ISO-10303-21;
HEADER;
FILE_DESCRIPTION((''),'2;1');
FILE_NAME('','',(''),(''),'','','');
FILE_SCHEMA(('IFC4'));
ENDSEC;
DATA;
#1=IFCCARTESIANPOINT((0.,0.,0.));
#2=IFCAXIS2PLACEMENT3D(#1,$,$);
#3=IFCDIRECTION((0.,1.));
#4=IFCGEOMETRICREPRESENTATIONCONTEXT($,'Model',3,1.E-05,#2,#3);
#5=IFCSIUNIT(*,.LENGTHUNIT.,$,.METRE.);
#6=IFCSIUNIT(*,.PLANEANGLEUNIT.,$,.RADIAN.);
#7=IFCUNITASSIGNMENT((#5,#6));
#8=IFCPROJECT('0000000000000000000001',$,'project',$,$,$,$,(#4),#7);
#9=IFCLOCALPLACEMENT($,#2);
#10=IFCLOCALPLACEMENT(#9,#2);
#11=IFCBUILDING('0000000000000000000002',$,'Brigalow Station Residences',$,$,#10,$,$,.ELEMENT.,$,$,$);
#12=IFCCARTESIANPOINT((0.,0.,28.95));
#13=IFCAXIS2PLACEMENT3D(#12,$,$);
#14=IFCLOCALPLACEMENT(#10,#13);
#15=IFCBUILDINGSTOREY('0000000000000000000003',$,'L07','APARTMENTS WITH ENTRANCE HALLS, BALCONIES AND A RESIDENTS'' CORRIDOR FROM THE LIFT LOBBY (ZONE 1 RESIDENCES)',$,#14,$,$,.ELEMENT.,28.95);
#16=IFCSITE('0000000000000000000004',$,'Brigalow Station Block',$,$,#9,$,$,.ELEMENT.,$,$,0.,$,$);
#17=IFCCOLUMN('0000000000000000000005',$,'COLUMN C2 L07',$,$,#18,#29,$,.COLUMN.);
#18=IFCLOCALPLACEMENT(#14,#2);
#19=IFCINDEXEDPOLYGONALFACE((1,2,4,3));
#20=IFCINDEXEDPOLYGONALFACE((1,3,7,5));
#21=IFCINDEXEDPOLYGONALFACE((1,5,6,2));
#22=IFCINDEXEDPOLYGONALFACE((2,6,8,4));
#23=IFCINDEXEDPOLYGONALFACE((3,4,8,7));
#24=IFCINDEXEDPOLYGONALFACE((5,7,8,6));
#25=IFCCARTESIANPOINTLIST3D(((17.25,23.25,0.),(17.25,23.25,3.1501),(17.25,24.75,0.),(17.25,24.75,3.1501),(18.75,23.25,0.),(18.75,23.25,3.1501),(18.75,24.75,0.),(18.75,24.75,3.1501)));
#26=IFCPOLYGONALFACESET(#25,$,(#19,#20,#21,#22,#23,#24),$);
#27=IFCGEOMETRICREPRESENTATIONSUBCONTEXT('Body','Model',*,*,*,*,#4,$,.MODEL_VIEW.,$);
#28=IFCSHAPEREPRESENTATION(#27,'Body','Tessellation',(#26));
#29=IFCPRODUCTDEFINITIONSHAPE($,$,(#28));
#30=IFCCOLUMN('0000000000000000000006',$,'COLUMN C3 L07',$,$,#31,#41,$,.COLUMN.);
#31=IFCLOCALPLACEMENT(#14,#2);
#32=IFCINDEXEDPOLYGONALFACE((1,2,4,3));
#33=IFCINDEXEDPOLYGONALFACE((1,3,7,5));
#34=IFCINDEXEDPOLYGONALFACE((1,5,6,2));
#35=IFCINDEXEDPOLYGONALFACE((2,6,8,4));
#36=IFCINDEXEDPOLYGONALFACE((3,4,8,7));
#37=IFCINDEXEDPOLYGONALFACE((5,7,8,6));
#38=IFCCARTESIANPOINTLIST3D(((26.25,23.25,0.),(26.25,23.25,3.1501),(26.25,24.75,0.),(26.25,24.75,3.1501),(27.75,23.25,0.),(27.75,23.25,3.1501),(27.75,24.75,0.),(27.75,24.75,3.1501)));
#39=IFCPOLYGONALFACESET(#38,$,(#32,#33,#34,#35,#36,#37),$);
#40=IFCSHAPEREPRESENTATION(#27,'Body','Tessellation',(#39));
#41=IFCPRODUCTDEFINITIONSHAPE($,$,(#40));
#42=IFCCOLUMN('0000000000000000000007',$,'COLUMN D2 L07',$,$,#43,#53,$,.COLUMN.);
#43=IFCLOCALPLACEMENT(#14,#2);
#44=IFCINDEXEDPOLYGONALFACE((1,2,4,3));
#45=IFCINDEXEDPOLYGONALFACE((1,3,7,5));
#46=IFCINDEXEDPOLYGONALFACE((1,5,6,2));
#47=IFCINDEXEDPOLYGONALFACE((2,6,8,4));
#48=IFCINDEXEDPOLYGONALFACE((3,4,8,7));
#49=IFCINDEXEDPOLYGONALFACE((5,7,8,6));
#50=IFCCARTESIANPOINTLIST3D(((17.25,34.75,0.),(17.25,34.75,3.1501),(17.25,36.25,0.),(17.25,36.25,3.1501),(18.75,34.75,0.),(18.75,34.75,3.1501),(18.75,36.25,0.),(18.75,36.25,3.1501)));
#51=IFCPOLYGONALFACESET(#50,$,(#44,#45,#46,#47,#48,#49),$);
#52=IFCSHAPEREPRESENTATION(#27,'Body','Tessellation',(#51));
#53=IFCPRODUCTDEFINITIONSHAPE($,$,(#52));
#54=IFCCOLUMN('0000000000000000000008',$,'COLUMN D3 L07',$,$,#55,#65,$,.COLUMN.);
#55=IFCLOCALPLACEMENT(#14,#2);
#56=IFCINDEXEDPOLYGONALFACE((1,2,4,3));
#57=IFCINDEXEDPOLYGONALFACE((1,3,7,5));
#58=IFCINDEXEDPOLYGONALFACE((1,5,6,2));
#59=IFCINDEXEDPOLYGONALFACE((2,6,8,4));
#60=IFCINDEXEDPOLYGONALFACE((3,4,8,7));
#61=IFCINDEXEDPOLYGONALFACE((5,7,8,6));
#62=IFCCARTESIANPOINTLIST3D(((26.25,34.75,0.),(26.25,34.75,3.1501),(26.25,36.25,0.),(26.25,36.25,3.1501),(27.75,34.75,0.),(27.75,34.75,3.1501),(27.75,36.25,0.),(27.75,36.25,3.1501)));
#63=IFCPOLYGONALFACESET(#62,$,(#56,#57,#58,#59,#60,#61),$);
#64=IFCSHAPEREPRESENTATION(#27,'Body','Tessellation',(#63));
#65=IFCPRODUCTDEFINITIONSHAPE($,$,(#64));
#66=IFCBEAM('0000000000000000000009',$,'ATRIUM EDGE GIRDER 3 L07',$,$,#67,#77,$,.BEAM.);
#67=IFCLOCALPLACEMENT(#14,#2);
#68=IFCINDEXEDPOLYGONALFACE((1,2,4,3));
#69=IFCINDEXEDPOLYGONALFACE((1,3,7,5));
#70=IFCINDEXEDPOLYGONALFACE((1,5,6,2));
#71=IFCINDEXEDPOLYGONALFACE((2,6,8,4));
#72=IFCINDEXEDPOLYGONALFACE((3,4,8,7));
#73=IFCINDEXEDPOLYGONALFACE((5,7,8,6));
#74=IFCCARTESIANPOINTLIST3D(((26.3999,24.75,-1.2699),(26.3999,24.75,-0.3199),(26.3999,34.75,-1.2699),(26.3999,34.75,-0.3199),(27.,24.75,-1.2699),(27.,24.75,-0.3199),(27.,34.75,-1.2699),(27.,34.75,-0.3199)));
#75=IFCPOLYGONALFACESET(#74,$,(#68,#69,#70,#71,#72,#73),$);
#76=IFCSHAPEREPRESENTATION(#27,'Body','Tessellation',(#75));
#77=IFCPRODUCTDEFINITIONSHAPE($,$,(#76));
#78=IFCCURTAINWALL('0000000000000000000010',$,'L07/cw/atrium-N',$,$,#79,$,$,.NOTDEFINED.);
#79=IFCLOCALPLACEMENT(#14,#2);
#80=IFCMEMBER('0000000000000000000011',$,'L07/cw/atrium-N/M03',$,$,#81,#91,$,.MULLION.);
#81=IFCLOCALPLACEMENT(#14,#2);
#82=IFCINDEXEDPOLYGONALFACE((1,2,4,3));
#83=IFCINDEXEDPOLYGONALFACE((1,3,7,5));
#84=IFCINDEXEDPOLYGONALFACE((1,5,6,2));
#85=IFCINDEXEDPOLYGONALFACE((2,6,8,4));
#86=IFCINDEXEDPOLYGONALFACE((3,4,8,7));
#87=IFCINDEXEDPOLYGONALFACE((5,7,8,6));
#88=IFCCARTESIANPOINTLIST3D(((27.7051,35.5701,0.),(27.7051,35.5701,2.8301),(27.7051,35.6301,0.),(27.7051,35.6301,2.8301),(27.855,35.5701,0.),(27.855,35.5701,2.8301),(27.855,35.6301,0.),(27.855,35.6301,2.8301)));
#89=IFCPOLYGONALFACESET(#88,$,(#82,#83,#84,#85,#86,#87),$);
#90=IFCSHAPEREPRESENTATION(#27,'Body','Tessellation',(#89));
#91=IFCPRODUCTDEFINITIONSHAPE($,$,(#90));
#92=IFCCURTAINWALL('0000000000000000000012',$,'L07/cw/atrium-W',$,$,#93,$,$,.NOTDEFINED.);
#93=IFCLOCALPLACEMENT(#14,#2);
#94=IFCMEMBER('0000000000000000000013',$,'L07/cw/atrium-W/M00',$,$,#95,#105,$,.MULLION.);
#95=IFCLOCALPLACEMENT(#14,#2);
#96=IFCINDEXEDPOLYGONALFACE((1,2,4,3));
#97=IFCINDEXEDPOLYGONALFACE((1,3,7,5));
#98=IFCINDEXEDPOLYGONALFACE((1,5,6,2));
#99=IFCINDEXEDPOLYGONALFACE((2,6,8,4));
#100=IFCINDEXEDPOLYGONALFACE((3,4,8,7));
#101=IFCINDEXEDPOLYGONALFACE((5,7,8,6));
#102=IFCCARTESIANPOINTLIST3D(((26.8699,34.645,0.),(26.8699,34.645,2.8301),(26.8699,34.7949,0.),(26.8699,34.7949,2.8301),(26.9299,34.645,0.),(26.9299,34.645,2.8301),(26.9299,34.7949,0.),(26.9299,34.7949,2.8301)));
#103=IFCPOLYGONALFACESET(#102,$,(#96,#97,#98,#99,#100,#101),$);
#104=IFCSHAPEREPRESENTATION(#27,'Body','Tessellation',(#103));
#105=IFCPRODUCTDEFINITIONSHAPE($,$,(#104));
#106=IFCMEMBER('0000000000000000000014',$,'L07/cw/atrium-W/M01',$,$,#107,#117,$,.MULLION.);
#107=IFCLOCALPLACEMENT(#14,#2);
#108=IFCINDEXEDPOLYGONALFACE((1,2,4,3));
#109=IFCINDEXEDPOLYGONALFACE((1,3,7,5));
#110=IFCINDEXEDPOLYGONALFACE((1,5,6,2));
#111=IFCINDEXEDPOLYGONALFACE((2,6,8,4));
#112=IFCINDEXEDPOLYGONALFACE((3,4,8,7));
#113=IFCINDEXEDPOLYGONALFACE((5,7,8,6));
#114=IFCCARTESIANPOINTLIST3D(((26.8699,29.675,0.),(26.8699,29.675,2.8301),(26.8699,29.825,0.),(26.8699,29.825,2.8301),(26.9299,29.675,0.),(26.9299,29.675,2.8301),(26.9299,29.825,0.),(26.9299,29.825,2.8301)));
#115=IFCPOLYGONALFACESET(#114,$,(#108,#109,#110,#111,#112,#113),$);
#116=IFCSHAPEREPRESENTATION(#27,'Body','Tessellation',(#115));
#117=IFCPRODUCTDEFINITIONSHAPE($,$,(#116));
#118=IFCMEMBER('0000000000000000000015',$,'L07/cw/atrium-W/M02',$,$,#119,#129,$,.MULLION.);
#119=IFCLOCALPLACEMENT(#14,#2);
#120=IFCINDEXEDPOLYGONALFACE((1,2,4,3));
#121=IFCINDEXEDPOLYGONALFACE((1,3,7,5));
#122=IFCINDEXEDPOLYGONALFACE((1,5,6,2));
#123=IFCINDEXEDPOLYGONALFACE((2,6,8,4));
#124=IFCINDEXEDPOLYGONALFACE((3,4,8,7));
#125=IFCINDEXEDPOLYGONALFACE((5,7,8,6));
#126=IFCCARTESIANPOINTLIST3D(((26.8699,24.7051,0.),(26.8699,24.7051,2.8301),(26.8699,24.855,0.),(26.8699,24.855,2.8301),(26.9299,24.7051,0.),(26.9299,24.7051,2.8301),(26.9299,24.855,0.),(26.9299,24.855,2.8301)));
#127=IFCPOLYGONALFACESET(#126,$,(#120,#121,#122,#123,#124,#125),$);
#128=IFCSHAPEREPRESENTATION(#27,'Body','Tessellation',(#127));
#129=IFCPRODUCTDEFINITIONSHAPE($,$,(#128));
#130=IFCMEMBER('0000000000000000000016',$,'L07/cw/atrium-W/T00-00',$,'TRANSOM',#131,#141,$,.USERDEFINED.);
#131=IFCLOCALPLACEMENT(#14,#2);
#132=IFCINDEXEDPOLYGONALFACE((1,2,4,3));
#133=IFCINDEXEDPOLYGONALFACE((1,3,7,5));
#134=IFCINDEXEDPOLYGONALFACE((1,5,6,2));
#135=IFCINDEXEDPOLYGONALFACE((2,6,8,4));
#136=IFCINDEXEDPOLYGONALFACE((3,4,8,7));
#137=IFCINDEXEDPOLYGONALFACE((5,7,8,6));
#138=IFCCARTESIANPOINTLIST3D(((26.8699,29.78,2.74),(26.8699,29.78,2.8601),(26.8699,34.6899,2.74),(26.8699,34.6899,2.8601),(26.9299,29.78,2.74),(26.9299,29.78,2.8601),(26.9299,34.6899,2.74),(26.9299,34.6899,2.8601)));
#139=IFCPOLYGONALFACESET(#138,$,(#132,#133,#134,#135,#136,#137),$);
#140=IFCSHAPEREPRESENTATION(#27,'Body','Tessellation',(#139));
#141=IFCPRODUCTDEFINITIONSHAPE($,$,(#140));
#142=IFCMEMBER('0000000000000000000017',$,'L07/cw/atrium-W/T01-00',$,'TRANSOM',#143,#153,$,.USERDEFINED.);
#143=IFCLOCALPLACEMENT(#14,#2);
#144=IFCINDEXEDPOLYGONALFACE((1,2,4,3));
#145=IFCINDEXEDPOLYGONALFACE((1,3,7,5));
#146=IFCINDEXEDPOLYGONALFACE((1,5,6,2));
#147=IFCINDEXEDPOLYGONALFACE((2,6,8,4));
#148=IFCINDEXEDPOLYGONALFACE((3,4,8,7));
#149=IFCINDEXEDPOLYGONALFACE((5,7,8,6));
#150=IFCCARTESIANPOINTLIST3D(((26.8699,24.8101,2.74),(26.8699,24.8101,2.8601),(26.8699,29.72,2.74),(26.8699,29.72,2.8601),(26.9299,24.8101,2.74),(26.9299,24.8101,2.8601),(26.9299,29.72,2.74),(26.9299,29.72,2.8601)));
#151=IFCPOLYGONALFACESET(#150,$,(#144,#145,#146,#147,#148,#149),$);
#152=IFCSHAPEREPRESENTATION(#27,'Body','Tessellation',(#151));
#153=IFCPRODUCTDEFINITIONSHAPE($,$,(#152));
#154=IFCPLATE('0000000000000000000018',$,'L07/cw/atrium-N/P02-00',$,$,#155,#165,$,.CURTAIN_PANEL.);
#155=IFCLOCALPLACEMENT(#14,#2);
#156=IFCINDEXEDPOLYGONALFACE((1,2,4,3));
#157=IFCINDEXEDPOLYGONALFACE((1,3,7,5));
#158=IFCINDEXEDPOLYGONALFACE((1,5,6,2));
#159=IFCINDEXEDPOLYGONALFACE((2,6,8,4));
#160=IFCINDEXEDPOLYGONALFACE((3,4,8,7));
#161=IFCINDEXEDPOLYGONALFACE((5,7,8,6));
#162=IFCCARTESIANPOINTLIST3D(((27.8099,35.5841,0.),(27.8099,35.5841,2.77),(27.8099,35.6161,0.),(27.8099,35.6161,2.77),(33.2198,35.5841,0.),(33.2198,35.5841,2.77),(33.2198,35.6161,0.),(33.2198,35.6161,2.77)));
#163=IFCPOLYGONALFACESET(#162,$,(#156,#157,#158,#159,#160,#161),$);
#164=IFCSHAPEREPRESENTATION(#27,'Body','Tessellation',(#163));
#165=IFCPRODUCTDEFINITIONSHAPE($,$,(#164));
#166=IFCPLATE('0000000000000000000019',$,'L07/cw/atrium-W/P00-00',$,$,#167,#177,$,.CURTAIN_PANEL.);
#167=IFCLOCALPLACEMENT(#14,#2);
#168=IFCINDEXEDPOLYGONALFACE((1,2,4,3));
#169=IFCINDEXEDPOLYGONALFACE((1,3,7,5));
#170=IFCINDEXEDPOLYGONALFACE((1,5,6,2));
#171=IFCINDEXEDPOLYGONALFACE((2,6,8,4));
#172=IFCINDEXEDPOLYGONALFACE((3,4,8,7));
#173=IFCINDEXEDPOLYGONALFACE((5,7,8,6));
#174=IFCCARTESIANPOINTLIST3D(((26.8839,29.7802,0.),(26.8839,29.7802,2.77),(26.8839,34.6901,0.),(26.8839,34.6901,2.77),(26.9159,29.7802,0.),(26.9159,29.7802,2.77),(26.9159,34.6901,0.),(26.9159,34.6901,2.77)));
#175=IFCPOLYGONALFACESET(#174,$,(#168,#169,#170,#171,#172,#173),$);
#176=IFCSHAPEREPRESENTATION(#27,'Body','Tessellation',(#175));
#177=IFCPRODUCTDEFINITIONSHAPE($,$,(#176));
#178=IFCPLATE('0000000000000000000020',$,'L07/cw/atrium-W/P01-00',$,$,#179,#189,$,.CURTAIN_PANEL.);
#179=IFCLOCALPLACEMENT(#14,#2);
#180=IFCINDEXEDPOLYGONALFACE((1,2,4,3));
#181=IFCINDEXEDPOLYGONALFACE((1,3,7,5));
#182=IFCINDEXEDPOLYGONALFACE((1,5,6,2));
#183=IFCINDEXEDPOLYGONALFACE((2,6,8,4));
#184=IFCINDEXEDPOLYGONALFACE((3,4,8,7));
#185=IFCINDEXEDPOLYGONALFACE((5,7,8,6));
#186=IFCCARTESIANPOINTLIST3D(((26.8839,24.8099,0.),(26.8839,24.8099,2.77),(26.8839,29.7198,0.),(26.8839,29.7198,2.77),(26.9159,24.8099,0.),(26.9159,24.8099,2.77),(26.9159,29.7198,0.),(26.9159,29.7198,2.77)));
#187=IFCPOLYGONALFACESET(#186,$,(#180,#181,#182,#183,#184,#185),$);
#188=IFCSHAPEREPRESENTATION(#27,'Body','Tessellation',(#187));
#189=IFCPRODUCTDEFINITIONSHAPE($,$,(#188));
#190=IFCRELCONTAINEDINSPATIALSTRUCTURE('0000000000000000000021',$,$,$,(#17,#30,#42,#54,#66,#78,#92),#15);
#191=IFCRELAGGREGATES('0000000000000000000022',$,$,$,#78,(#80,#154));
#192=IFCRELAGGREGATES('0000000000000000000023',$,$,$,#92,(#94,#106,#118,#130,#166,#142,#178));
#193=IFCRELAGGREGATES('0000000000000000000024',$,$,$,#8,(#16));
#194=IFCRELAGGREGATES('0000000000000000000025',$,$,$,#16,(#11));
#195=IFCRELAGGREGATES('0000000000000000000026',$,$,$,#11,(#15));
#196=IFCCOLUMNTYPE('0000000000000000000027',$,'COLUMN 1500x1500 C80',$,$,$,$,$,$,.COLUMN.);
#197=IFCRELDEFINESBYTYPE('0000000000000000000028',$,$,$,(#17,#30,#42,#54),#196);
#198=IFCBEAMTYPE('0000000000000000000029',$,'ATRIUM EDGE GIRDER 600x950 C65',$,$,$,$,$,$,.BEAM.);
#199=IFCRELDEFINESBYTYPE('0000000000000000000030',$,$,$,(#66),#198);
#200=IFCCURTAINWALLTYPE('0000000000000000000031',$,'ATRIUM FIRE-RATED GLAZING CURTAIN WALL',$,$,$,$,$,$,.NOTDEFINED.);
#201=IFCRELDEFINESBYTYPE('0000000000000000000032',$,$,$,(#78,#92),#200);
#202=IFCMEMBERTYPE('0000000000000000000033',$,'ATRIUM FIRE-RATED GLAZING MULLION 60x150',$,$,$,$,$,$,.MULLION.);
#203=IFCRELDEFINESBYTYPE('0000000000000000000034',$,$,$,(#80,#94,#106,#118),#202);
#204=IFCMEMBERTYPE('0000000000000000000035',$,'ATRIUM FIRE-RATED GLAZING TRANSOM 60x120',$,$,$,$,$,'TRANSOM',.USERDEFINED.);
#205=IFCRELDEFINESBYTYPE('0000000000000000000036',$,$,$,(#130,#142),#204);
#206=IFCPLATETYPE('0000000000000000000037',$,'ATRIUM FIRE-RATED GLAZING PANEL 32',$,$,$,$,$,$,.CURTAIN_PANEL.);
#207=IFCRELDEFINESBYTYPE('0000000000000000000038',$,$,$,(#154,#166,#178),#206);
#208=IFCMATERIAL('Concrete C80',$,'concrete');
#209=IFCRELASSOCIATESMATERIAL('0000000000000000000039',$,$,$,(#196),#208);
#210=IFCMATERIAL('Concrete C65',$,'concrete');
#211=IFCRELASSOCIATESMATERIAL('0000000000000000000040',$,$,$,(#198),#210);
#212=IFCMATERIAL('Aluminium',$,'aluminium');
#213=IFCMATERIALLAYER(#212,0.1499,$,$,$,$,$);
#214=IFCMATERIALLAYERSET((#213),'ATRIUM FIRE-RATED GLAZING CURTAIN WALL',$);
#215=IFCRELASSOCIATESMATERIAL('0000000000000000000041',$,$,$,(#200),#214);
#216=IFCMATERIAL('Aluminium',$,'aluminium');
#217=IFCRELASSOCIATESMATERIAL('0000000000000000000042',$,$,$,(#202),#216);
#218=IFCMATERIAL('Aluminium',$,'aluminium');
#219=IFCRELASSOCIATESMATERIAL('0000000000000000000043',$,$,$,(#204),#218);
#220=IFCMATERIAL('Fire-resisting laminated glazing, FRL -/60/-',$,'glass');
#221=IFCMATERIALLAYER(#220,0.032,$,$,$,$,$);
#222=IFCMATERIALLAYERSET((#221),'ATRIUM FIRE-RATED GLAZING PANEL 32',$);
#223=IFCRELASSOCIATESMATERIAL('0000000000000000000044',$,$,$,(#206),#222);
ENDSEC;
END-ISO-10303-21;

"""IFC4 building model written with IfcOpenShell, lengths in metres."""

from ifc_helpers import new_model, si_unit, direction, frame, origin, origin_2d, place, context, subcontext, project, spatial, rectangle, extrude, material, layer, layer_set, material_profile, profile_set, type_object, element, aggregate, save


model = new_model("IFC4")

# Units and contexts
model_context = context("Model", 3, precision=1e-05, world=origin(), true_north=direction((0.0, 1.0)))
body_context = subcontext(model_context, "Body", "Model", "MODEL_VIEW")
ifc_project = project(units=[si_unit("LENGTHUNIT", "METRE"), si_unit("PLANEANGLEUNIT", "RADIAN")], contexts=[model_context])

# Site, building, storey
site_placement = place(None, origin())
site = spatial("IfcSite", under=ifc_project, at=site_placement, Name="Brigalow Station Block", CompositionType="ELEMENT", RefElevation=0.0)
building_placement = place(site_placement, origin())
building = spatial("IfcBuilding", under=site, at=building_placement, Name="Brigalow Station Residences", CompositionType="ELEMENT")
storey_placement = place(building_placement, frame((0.0, 0.0, 28.95)))
storey = spatial("IfcBuildingStorey", under=building, at=storey_placement, Name="L07", Description="APARTMENTS WITH ENTRANCE HALLS, BALCONIES AND A RESIDENTS' CORRIDOR FROM THE LIFT LOBBY (ZONE 1 RESIDENCES)", CompositionType="ELEMENT", Elevation=28.95)

# Columns
ifc_material_1 = material(Name="Concrete C80", Category="concrete")
ifc_material_profile_1 = material_profile(ifc_material_1, rectangle(XDim=1.5, YDim=1.5, at=origin_2d()), Name="RC1500x1500")
ifc_profile_set_1 = profile_set([ifc_material_profile_1], Name="Concrete C80")
column_type = type_object("IfcColumnType", Name="COLUMN 1500x1500 C80", PredefinedType="COLUMN", material=ifc_profile_set_1)
for number, where, z_axis, x_axis, name in (
    (1, (18.0, 24.0, 0.0), (0.0, 0.0, 1.0), (1.0, 0.0, 0.0), "COLUMN C2 L07"),
    (2, (27.0, 24.0, 0.0), (0.0, 0.0, 1.0), (1.0, 0.0, 0.0), "COLUMN C3 L07"),
    (3, (18.0, 35.5, 0.0), (0.0, 0.0, 1.0), (1.0, 0.0, 0.0), "COLUMN D2 L07"),
    (4, (27.0, 35.5, 0.0), (0.0, 0.0, 1.0), (1.0, 0.0, 0.0), "COLUMN D3 L07"),
):
    element("IfcColumn", number, at=place(storey_placement, frame(where, z_axis=z_axis, x_axis=x_axis)), inside=storey, type_object=column_type, Name=name, PredefinedType="COLUMN", context=body_context, shape_type="SweptSolid", body=[
        extrude(rectangle(XDim=1.5, YDim=1.5, at=origin_2d()), origin(), (0.0, 0.0, 1.0), 3.1501),
    ])

# Beam
ifc_material_2 = material(Name="Concrete C65", Category="concrete")
ifc_material_profile_2 = material_profile(ifc_material_2, rectangle(XDim=0.6001, YDim=0.95, at=origin_2d()), Name="RC600x950")
ifc_profile_set_2 = profile_set([ifc_material_profile_2], Name="Concrete C65")
beam_type = type_object("IfcBeamType", Name="ATRIUM EDGE GIRDER 600x950 C65", PredefinedType="BEAM", material=ifc_profile_set_2)
beam_placement = place(storey_placement, frame((26.7, 24.75, -0.7949), z_axis=(0.0, 1.0, 0.0), x_axis=(-1.0, 0.0, 0.0)))
element("IfcBeam", 5, at=beam_placement, inside=storey, type_object=beam_type, Name="ATRIUM EDGE GIRDER 3 L07", PredefinedType="BEAM", context=body_context, shape_type="SweptSolid", body=[
    extrude(rectangle(XDim=0.6001, YDim=0.95, at=origin_2d()), origin(), (0.0, 0.0, 1.0), 10.0),
])

# Curtain wall, member
ifc_material_3 = material(Name="Aluminium", Category="aluminium")
ifc_layer_1 = layer(ifc_material_3, 0.1499)
ifc_layer_set_1 = layer_set([ifc_layer_1], Name="ATRIUM FIRE-RATED GLAZING CURTAIN WALL")
curtain_wall_type = type_object("IfcCurtainWallType", Name="ATRIUM FIRE-RATED GLAZING CURTAIN WALL", PredefinedType="NOTDEFINED", material=ifc_layer_set_1)
curtain_wall_1_placement = place(storey_placement, origin())
curtain_wall_1 = element("IfcCurtainWall", 6, at=curtain_wall_1_placement, inside=storey, type_object=curtain_wall_type, Name="L07/cw/atrium-N", PredefinedType="NOTDEFINED")
ifc_material_4 = material(Name="Aluminium", Category="aluminium")
ifc_material_profile_3 = material_profile(ifc_material_4, rectangle(XDim=0.0601, YDim=0.1499, at=origin_2d()), Name="ATRIUM FIRE-RATED GLAZING MULLION 60x150")
ifc_profile_set_3 = profile_set([ifc_material_profile_3], Name="Aluminium")
member_type_1 = type_object("IfcMemberType", Name="ATRIUM FIRE-RATED GLAZING MULLION 60x150", PredefinedType="MULLION", material=ifc_profile_set_3)
member_1_placement = place(storey_placement, frame((27.78, 35.6001, 0.0), z_axis=(0.0, 0.0, 1.0), x_axis=(0.0, -1.0, 0.0)))
member_1 = element("IfcMember", 7, at=member_1_placement, type_object=member_type_1, Name="L07/cw/atrium-N/M03", PredefinedType="MULLION", context=body_context, shape_type="SweptSolid", body=[
    extrude(rectangle(XDim=0.0601, YDim=0.1499, at=origin_2d()), origin(), (0.0, 0.0, 1.0), 2.8301),
])

# Curtain wall, members
curtain_wall_2_placement = place(storey_placement, origin())
curtain_wall_2 = element("IfcCurtainWall", 8, at=curtain_wall_2_placement, inside=storey, type_object=curtain_wall_type, Name="L07/cw/atrium-W", PredefinedType="NOTDEFINED")
member_2_placement = place(storey_placement, frame((26.8999, 34.72, 0.0), z_axis=(0.0, 0.0, 1.0), x_axis=(1.0, 0.0, 0.0)))
member_2 = element("IfcMember", 9, at=member_2_placement, type_object=member_type_1, Name="L07/cw/atrium-W/M00", PredefinedType="MULLION", context=body_context, shape_type="SweptSolid", body=[
    extrude(rectangle(XDim=0.0601, YDim=0.1499, at=origin_2d()), origin(), (0.0, 0.0, 1.0), 2.8301),
])
member_3_placement = place(storey_placement, frame((26.8999, 29.75, 0.0), z_axis=(0.0, 0.0, 1.0), x_axis=(1.0, 0.0, 0.0)))
member_3 = element("IfcMember", 10, at=member_3_placement, type_object=member_type_1, Name="L07/cw/atrium-W/M01", PredefinedType="MULLION", context=body_context, shape_type="SweptSolid", body=[
    extrude(rectangle(XDim=0.0601, YDim=0.1499, at=origin_2d()), origin(), (0.0, 0.0, 1.0), 2.8301),
])
member_4_placement = place(storey_placement, frame((26.8999, 24.78, 0.0), z_axis=(0.0, 0.0, 1.0), x_axis=(1.0, 0.0, 0.0)))
member_4 = element("IfcMember", 11, at=member_4_placement, type_object=member_type_1, Name="L07/cw/atrium-W/M02", PredefinedType="MULLION", context=body_context, shape_type="SweptSolid", body=[
    extrude(rectangle(XDim=0.0601, YDim=0.1499, at=origin_2d()), origin(), (0.0, 0.0, 1.0), 2.8301),
])
ifc_material_5 = material(Name="Aluminium", Category="aluminium")
ifc_material_profile_4 = material_profile(ifc_material_5, rectangle(XDim=0.0601, YDim=0.1201, at=origin_2d()), Name="ATRIUM FIRE-RATED GLAZING TRANSOM 60x120")
ifc_profile_set_4 = profile_set([ifc_material_profile_4], Name="Aluminium")
member_type_2 = type_object("IfcMemberType", Name="ATRIUM FIRE-RATED GLAZING TRANSOM 60x120", ElementType="TRANSOM", PredefinedType="USERDEFINED", material=ifc_profile_set_4)
member_5_placement = place(storey_placement, frame((26.8999, 34.6899, 2.8), z_axis=(0.0, -1.0, 0.0), x_axis=(1.0, 0.0, 0.0)))
member_5 = element("IfcMember", 12, at=member_5_placement, type_object=member_type_2, Name="L07/cw/atrium-W/T00-00", ObjectType="TRANSOM", PredefinedType="USERDEFINED", context=body_context, shape_type="SweptSolid", body=[
    extrude(rectangle(XDim=0.0601, YDim=0.1201, at=origin_2d()), origin(), (0.0, 0.0, 1.0), 4.9099),
])
member_6_placement = place(storey_placement, frame((26.8999, 29.72, 2.8), z_axis=(0.0, -1.0, 0.0), x_axis=(1.0, 0.0, 0.0)))
member_6 = element("IfcMember", 13, at=member_6_placement, type_object=member_type_2, Name="L07/cw/atrium-W/T01-00", ObjectType="TRANSOM", PredefinedType="USERDEFINED", context=body_context, shape_type="SweptSolid", body=[
    extrude(rectangle(XDim=0.0601, YDim=0.1201, at=origin_2d()), origin(), (0.0, 0.0, 1.0), 4.9099),
])

# Plates
ifc_material_6 = material(Name="Fire-resisting laminated glazing, FRL -/60/-", Category="glass")
ifc_layer_2 = layer(ifc_material_6, 0.032)
ifc_layer_set_2 = layer_set([ifc_layer_2], Name="ATRIUM FIRE-RATED GLAZING PANEL 32")
plate_type = type_object("IfcPlateType", Name="ATRIUM FIRE-RATED GLAZING PANEL 32", PredefinedType="CURTAIN_PANEL", material=ifc_layer_set_2)
plate_1_placement = place(storey_placement, frame((30.5149, 35.6001, 0.0), z_axis=(0.0, 0.0, 1.0), x_axis=(-1.0, 0.0, 0.0)))
plate_1 = element("IfcPlate", 14, at=plate_1_placement, type_object=plate_type, Name="L07/cw/atrium-N/P02-00", PredefinedType="CURTAIN_PANEL", context=body_context, shape_type="SweptSolid", body=[
    extrude(rectangle(XDim=5.4099, YDim=0.032, at=origin_2d()), origin(), (0.0, 0.0, 1.0), 2.77),
])
aggregate(curtain_wall_1, [member_1, plate_1])
plate_2_placement = place(storey_placement, frame((26.8999, 32.2351, 0.0), z_axis=(0.0, 0.0, 1.0), x_axis=(0.0, -1.0, 0.0)))
plate_2 = element("IfcPlate", 15, at=plate_2_placement, type_object=plate_type, Name="L07/cw/atrium-W/P00-00", PredefinedType="CURTAIN_PANEL", context=body_context, shape_type="SweptSolid", body=[
    extrude(rectangle(XDim=4.9099, YDim=0.032, at=origin_2d()), origin(), (0.0, 0.0, 1.0), 2.77),
])
plate_3_placement = place(storey_placement, frame((26.8999, 27.2649, 0.0), z_axis=(0.0, 0.0, 1.0), x_axis=(0.0, -1.0, 0.0)))
plate_3 = element("IfcPlate", 16, at=plate_3_placement, type_object=plate_type, Name="L07/cw/atrium-W/P01-00", PredefinedType="CURTAIN_PANEL", context=body_context, shape_type="SweptSolid", body=[
    extrude(rectangle(XDim=4.9099, YDim=0.032, at=origin_2d()), origin(), (0.0, 0.0, 1.0), 2.77),
])
aggregate(curtain_wall_2, [member_2, member_3, member_4, member_5, plate_2, member_6, plate_3])

save(model, "model.ifc")
